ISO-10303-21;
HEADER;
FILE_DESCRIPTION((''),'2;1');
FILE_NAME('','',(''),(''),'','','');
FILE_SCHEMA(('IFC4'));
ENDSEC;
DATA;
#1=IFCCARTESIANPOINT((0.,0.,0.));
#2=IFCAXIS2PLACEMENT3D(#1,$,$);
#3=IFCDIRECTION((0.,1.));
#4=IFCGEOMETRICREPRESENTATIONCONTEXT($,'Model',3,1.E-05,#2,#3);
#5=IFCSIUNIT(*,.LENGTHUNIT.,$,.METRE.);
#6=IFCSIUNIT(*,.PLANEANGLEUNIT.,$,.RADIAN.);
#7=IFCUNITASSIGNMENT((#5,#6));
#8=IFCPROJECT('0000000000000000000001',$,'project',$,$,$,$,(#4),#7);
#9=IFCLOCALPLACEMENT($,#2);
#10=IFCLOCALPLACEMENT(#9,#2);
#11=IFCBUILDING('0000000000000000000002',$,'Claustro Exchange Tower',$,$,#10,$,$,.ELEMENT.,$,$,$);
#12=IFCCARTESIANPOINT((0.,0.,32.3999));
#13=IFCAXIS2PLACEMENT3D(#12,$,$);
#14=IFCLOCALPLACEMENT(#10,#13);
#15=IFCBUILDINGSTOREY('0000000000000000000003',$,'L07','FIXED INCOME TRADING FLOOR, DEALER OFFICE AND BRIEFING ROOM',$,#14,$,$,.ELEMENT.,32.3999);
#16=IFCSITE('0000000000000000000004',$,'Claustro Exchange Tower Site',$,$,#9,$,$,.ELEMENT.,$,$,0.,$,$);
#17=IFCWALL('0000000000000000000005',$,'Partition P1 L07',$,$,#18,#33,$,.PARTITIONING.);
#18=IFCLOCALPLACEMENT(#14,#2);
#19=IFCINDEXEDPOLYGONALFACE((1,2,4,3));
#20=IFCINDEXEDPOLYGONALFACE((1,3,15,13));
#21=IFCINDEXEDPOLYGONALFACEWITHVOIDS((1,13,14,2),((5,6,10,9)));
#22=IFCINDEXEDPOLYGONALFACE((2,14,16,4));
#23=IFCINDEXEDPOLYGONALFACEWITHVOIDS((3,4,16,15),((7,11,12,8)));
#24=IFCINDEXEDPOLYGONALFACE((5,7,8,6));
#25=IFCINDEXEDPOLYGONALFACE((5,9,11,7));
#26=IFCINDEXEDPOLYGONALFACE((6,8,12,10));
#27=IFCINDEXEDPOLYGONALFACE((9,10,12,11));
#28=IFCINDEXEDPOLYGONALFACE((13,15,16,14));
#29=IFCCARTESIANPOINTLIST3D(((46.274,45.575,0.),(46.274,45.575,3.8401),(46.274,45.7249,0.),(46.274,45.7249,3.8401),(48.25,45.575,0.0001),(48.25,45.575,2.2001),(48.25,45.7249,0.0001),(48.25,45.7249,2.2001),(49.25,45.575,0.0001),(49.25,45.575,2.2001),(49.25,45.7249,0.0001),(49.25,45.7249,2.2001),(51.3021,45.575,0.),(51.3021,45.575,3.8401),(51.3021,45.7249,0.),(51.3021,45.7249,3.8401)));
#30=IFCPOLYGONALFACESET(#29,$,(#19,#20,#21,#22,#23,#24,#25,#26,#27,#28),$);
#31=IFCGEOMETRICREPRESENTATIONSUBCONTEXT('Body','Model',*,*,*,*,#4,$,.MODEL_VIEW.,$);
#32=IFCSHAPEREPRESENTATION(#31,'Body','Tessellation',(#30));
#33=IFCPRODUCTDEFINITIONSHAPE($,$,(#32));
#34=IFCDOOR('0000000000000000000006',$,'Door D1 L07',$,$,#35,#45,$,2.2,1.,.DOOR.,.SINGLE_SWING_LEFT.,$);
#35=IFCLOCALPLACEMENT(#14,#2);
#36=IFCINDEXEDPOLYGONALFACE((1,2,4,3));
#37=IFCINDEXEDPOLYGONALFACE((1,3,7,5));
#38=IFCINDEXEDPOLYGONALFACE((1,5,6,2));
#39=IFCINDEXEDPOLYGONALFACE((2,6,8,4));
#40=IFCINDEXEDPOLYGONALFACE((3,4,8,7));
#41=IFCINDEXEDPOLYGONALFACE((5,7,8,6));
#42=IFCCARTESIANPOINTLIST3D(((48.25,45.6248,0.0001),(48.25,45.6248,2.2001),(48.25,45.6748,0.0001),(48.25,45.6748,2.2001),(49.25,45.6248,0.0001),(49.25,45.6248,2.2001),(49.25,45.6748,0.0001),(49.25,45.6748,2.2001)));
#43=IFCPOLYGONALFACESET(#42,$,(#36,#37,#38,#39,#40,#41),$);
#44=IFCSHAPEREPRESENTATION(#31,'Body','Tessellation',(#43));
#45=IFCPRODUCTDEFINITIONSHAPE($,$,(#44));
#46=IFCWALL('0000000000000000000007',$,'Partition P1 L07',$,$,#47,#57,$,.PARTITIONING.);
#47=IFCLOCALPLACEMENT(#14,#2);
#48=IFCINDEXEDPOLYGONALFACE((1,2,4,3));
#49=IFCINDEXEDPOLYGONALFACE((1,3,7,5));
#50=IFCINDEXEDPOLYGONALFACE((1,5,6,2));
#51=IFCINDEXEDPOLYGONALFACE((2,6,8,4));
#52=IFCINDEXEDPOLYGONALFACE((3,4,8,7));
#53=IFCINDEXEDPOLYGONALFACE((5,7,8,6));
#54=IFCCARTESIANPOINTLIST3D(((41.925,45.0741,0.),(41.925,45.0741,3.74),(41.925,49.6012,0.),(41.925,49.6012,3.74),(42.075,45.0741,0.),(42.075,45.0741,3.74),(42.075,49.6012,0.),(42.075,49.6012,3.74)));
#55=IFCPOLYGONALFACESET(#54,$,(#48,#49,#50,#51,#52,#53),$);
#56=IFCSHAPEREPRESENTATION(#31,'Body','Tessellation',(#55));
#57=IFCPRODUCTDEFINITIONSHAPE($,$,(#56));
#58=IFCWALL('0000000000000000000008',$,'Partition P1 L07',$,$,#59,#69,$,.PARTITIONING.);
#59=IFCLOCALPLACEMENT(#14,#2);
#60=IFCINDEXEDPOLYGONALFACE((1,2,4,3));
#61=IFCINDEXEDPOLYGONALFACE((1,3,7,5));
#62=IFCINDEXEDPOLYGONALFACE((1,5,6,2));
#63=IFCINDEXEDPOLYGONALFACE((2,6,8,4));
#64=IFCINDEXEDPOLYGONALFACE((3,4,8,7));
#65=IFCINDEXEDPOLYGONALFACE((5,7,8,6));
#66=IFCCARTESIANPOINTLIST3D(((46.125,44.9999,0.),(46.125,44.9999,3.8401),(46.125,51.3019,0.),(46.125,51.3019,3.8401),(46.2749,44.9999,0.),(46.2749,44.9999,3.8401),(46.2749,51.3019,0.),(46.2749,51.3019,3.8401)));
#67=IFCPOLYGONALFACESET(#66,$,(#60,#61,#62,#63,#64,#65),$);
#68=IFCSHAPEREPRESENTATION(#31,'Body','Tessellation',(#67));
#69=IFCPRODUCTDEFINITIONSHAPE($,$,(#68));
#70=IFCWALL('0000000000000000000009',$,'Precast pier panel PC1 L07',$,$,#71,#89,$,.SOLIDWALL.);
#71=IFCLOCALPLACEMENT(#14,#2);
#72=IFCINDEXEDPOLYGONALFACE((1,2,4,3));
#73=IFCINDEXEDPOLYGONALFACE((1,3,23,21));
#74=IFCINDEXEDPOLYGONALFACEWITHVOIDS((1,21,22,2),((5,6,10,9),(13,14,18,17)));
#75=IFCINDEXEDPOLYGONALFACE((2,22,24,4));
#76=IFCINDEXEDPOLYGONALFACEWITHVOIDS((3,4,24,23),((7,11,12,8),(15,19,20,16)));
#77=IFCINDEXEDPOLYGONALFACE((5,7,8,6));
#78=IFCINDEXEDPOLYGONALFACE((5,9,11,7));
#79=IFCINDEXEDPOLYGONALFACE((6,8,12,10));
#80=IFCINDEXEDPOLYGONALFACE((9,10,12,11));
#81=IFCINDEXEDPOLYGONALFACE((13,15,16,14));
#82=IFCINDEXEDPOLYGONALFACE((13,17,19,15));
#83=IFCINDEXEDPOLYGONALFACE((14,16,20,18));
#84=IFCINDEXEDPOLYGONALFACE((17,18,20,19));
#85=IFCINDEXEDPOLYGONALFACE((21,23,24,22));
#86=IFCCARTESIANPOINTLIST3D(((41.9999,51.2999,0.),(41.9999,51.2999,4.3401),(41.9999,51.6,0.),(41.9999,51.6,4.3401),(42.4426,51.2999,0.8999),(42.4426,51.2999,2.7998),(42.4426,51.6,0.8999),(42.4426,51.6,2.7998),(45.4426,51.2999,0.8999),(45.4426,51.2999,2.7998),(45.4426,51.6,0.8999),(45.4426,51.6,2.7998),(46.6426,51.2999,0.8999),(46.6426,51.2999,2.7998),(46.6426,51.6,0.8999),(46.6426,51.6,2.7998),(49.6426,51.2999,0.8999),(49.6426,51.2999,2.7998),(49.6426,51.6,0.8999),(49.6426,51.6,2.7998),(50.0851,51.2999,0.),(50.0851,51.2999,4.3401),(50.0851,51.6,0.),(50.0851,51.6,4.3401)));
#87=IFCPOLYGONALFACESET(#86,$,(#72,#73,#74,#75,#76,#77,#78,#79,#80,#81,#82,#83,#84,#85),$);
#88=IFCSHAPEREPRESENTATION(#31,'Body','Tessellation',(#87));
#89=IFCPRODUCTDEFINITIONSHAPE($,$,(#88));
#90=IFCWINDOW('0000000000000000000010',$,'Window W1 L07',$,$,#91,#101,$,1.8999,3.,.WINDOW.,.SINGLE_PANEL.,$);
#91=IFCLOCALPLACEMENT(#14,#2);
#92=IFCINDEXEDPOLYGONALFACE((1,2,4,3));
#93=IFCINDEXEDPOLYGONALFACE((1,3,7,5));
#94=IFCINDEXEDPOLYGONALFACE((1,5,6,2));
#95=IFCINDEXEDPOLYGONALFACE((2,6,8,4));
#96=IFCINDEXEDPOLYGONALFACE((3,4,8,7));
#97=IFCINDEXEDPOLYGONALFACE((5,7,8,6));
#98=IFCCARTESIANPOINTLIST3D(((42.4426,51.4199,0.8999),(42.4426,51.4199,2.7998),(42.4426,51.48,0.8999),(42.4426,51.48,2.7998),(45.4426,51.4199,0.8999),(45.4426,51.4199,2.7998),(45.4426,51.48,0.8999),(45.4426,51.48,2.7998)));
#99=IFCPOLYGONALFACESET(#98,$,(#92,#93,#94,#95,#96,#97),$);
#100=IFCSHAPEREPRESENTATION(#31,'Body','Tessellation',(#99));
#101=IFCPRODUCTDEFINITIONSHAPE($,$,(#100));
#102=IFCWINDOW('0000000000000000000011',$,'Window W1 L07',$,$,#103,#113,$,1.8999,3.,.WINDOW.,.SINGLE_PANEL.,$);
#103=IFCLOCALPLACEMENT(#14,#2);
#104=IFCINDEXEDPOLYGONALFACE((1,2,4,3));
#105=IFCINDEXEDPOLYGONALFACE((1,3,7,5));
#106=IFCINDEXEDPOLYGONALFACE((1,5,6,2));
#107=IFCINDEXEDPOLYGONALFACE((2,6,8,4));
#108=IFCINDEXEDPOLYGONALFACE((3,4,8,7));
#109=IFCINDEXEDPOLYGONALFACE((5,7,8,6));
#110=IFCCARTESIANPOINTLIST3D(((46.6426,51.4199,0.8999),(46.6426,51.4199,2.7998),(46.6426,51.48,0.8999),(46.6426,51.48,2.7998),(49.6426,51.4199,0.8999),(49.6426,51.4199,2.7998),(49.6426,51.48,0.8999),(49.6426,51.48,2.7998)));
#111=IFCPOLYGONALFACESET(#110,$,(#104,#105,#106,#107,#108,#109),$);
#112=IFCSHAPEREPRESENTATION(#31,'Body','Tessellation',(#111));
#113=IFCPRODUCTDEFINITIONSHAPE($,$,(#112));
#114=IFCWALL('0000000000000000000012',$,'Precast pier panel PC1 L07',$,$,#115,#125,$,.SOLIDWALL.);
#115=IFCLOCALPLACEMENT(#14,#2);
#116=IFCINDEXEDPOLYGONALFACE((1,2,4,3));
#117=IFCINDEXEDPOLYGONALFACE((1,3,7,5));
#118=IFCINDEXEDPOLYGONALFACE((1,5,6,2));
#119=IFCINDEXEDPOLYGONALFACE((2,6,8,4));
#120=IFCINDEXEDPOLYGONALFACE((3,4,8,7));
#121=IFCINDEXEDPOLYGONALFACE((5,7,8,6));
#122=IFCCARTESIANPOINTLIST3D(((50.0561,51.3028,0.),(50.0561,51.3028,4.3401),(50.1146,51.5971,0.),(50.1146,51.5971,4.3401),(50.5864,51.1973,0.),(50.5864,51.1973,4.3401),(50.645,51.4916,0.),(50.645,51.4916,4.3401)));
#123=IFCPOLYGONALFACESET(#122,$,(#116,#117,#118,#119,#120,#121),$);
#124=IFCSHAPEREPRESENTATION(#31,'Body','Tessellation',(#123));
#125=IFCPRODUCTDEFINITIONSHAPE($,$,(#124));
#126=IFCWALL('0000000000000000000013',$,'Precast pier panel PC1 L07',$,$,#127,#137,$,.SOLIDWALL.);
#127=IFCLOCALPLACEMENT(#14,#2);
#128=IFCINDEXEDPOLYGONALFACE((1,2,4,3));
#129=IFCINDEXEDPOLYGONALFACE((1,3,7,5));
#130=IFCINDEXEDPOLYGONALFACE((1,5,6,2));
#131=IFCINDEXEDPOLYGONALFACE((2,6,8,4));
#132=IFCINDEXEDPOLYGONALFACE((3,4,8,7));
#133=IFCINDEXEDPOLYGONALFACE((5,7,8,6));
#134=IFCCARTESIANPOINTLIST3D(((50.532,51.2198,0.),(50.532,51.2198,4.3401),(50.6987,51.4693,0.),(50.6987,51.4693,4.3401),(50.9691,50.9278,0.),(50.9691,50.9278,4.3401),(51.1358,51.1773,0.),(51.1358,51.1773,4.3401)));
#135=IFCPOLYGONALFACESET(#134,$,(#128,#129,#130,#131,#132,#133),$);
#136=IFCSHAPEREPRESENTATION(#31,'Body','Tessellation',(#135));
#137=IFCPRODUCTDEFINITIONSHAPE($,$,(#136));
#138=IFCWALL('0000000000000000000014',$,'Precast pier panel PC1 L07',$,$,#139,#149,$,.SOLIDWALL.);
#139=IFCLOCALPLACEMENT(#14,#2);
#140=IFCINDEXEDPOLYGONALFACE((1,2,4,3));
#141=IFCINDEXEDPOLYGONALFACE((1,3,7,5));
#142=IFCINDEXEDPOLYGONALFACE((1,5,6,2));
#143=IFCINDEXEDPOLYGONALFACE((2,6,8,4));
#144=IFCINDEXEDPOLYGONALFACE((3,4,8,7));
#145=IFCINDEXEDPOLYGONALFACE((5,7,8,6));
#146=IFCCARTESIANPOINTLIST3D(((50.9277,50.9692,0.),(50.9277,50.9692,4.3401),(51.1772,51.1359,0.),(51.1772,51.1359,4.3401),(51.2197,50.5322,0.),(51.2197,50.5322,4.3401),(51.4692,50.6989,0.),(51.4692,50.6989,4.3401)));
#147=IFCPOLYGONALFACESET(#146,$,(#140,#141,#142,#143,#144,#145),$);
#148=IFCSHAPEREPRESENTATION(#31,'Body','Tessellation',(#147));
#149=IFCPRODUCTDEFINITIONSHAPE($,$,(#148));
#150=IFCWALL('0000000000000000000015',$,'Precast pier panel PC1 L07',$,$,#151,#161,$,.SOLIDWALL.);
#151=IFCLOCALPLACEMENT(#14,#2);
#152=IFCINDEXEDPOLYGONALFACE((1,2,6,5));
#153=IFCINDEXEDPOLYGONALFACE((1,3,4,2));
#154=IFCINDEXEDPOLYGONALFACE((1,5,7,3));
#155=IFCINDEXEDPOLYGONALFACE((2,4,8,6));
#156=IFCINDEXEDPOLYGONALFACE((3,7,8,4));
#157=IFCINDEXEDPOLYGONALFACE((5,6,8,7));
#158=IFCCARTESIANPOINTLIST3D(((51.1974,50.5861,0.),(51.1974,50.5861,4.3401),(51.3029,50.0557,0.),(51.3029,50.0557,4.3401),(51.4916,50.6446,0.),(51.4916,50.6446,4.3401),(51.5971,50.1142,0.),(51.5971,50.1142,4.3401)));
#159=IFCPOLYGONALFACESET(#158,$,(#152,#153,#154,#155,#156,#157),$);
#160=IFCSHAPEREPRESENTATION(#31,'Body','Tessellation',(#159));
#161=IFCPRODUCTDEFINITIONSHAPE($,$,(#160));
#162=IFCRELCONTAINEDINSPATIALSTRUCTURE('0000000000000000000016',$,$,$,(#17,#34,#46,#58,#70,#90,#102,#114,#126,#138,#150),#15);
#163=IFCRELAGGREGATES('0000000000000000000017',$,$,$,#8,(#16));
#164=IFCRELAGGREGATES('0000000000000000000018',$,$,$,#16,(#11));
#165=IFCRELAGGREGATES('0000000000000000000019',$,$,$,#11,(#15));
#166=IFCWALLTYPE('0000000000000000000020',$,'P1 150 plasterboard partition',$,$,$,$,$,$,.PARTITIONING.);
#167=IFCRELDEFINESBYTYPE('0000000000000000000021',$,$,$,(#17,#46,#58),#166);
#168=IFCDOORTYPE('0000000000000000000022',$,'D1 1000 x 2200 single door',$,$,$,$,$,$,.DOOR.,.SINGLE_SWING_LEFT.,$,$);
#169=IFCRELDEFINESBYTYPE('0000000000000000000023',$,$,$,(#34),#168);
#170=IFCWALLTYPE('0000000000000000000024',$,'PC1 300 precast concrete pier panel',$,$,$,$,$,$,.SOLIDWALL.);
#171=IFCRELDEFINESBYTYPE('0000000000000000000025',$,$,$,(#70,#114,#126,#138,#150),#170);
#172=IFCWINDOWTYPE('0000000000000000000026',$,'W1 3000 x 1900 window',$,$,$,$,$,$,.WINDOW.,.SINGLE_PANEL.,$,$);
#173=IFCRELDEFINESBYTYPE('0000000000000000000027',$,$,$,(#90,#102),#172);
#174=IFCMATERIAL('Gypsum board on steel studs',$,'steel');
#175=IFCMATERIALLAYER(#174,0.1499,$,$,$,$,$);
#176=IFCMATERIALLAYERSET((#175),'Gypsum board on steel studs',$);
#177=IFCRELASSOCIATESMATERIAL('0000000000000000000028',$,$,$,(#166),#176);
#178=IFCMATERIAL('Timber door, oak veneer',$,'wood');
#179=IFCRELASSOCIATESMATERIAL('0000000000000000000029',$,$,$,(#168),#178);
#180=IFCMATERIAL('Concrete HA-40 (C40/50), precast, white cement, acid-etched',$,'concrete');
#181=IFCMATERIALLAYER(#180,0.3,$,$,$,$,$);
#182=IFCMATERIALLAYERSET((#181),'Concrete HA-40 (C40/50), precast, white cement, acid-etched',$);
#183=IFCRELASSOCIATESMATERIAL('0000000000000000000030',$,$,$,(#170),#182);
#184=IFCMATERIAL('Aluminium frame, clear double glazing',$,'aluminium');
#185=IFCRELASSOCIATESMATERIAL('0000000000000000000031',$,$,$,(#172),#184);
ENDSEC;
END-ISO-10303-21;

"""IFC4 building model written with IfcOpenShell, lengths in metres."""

from ifc_helpers import new_model, si_unit, direction, frame, frame_2d, origin, place, context, subcontext, project, spatial, rectangle, extrude, material, layer, layer_set, type_object, element, fill, save


model = new_model("IFC4")

# Units and contexts
model_context = context("Model", 3, precision=1e-05, world=origin(), true_north=direction((0.0, 1.0)))
body_context = subcontext(model_context, "Body", "Model", "MODEL_VIEW")
ifc_project = project(units=[si_unit("LENGTHUNIT", "METRE"), si_unit("PLANEANGLEUNIT", "RADIAN")], contexts=[model_context])

# Site, building, storey
site_placement = place(None, origin())
site = spatial("IfcSite", under=ifc_project, at=site_placement, Name="Claustro Exchange Tower Site", CompositionType="ELEMENT", RefElevation=0.0)
building_placement = place(site_placement, origin())
building = spatial("IfcBuilding", under=site, at=building_placement, Name="Claustro Exchange Tower", CompositionType="ELEMENT")
storey_placement = place(building_placement, frame((0.0, 0.0, 32.3999)))
storey = spatial("IfcBuildingStorey", under=building, at=storey_placement, Name="L07", Description="FIXED INCOME TRADING FLOOR, DEALER OFFICE AND BRIEFING ROOM", CompositionType="ELEMENT", Elevation=32.3999)

# Wall, opening, door
ifc_material_1 = material(Name="Gypsum board on steel studs", Category="steel")
ifc_layer_1 = layer(ifc_material_1, 0.1499)
ifc_layer_set_1 = layer_set([ifc_layer_1], Name="Gypsum board on steel studs")
wall_type_1 = type_object("IfcWallType", Name="P1 150 plasterboard partition", PredefinedType="PARTITIONING", material=ifc_layer_set_1)
wall_1_placement = place(storey_placement, frame((46.2739, 45.6499, 0.0), z_axis=(0.0, 0.0, 1.0), x_axis=(1.0, 0.0, 0.0)))
wall_1 = element("IfcWall", 1, at=wall_1_placement, inside=storey, type_object=wall_type_1, Name="Partition P1 L07", PredefinedType="PARTITIONING", context=body_context, shape_type="SweptSolid", body=[
    extrude(rectangle(XDim=5.0281, YDim=0.1499, at=frame_2d((2.5142, 0.0))), origin(), (0.0, 0.0, 1.0), 3.8401),
])
opening_1_placement = place(wall_1_placement, frame((1.9761, 0.0, 0.0)))
opening_1 = element("IfcOpeningElement", 2, at=opening_1_placement, cuts=wall_1, PredefinedType="OPENING", context=body_context, shape_type="SweptSolid", body=[
    extrude(rectangle(XDim=1.0, YDim=2.2, at=frame_2d((0.5, 1.1001))), frame((0.0, 0.085, 0.0), z_axis=(0.0, -1.0, 0.0), x_axis=(1.0, 0.0, 0.0)), (0.0, 0.0, 1.0), 0.1699),
])
ifc_material_2 = material(Name="Timber door, oak veneer", Category="wood")
door_type = type_object("IfcDoorType", Name="D1 1000 x 2200 single door", OperationType="SINGLE_SWING_LEFT", PredefinedType="DOOR", material=ifc_material_2)
door_placement = place(opening_1_placement, origin())
door = element("IfcDoor", 3, at=door_placement, inside=storey, type_object=door_type, Name="Door D1 L07", OperationType="SINGLE_SWING_LEFT", OverallHeight=2.2, OverallWidth=1.0, PredefinedType="DOOR", context=body_context, shape_type="SweptSolid", body=[
    extrude(rectangle(XDim=1.0, YDim=2.2, at=frame_2d((0.5, 1.1001))), frame((0.0, 0.0249, 0.0), z_axis=(0.0, -1.0, 0.0), x_axis=(1.0, 0.0, 0.0)), (0.0, 0.0, 1.0), 0.05),
])
fill(opening_1, door)

# Walls
wall_2_placement = place(storey_placement, frame((42.0, 45.074, 0.0), z_axis=(0.0, 0.0, 1.0), x_axis=(0.0, 1.0, 0.0)))
element("IfcWall", 4, at=wall_2_placement, inside=storey, type_object=wall_type_1, Name="Partition P1 L07", PredefinedType="PARTITIONING", context=body_context, shape_type="SweptSolid", body=[
    extrude(rectangle(XDim=4.5271, YDim=0.1499, at=frame_2d((2.2637, 0.0))), origin(), (0.0, 0.0, 1.0), 3.74),
])
wall_3_placement = place(storey_placement, frame((46.2, 45.0, 0.0), z_axis=(0.0, 0.0, 1.0), x_axis=(0.0, 1.0, 0.0)))
element("IfcWall", 5, at=wall_3_placement, inside=storey, type_object=wall_type_1, Name="Partition P1 L07", PredefinedType="PARTITIONING", context=body_context, shape_type="SweptSolid", body=[
    extrude(rectangle(XDim=6.302, YDim=0.1499, at=frame_2d((3.1509, 0.0))), origin(), (0.0, 0.0, 1.0), 3.8401),
])

# Wall, openings, windows
ifc_material_3 = material(Name="Concrete HA-40 (C40/50), precast, white cement, acid-etched", Category="concrete")
ifc_layer_2 = layer(ifc_material_3, 0.3)
ifc_layer_set_2 = layer_set([ifc_layer_2], Name="Concrete HA-40 (C40/50), precast, white cement, acid-etched")
wall_type_2 = type_object("IfcWallType", Name="PC1 300 precast concrete pier panel", PredefinedType="SOLIDWALL", material=ifc_layer_set_2)
wall_4_placement = place(storey_placement, frame((42.0, 51.45, 0.0), z_axis=(0.0, 0.0, 1.0), x_axis=(1.0, 0.0, 0.0)))
wall_4 = element("IfcWall", 6, at=wall_4_placement, inside=storey, type_object=wall_type_2, Name="Precast pier panel PC1 L07", PredefinedType="SOLIDWALL", context=body_context, shape_type="SweptSolid", body=[
    extrude(rectangle(XDim=8.0852, YDim=0.3, at=frame_2d((4.0425, 0.0))), origin(), (0.0, 0.0, 1.0), 4.3401),
])
opening_2_placement = place(wall_4_placement, frame((0.4426, 0.0, 0.8999)))
opening_2 = element("IfcOpeningElement", 7, at=opening_2_placement, cuts=wall_4, PredefinedType="OPENING", context=body_context, shape_type="SweptSolid", body=[
    extrude(rectangle(XDim=3.0, YDim=1.8999, at=frame_2d((1.5, 0.95))), frame((0.0, 0.1599, 0.0), z_axis=(0.0, -1.0, 0.0), x_axis=(1.0, 0.0, 0.0)), (0.0, 0.0, 1.0), 0.3201),
])
opening_3_placement = place(wall_4_placement, frame((4.6426, 0.0, 0.8999)))
opening_3 = element("IfcOpeningElement", 8, at=opening_3_placement, cuts=wall_4, PredefinedType="OPENING", context=body_context, shape_type="SweptSolid", body=[
    extrude(rectangle(XDim=3.0, YDim=1.8999, at=frame_2d((1.5, 0.95))), frame((0.0, 0.1599, 0.0), z_axis=(0.0, -1.0, 0.0), x_axis=(1.0, 0.0, 0.0)), (0.0, 0.0, 1.0), 0.3201),
])
ifc_material_4 = material(Name="Aluminium frame, clear double glazing", Category="aluminium")
window_type_1 = type_object("IfcWindowType", Name="W1 3000 x 1900 window", PartitioningType="SINGLE_PANEL", PredefinedType="WINDOW", material=ifc_material_4)
window_1_placement = place(opening_2_placement, origin())
window_1 = element("IfcWindow", 9, at=window_1_placement, inside=storey, type_object=window_type_1, Name="Window W1 L07", OverallHeight=1.8999, OverallWidth=3.0, PartitioningType="SINGLE_PANEL", PredefinedType="WINDOW", context=body_context, shape_type="SweptSolid", body=[
    extrude(rectangle(XDim=3.0, YDim=1.8999, at=frame_2d((1.5, 0.95))), frame((0.0, 0.03, 0.0), z_axis=(0.0, -1.0, 0.0), x_axis=(1.0, 0.0, 0.0)), (0.0, 0.0, 1.0), 0.0601),
])
fill(opening_2, window_1)
window_2_placement = place(opening_3_placement, origin())
window_2 = element("IfcWindow", 10, at=window_2_placement, inside=storey, type_object=window_type_1, Name="Window W1 L07", OverallHeight=1.8999, OverallWidth=3.0, PartitioningType="SINGLE_PANEL", PredefinedType="WINDOW", context=body_context, shape_type="SweptSolid", body=[
    extrude(rectangle(XDim=3.0, YDim=1.8999, at=frame_2d((1.5, 0.95))), frame((0.0, 0.03, 0.0), z_axis=(0.0, -1.0, 0.0), x_axis=(1.0, 0.0, 0.0)), (0.0, 0.0, 1.0), 0.0601),
])
fill(opening_3, window_2)

# Walls
wall_5_placement = place(storey_placement, frame((50.0852, 51.45, 0.0), z_axis=(0.0, 0.0, 1.0), x_axis=(0.980789, -0.195074, 0.0)))
element("IfcWall", 11, at=wall_5_placement, inside=storey, type_object=wall_type_2, Name="Precast pier panel PC1 L07", PredefinedType="SOLIDWALL", context=body_context, shape_type="SweptSolid", body=[
    extrude(rectangle(XDim=0.5408, YDim=0.3, at=frame_2d((0.2705, 0.0))), origin(), (0.0, 0.0, 1.0), 4.3401),
])
for number, where, z_axis, x_axis, name in (
    (12, (50.6155, 51.3445, 0.0), (0.0, 0.0, 1.0), (0.831478, -0.555557, 0.0), "Precast pier panel PC1 L07"),
    (13, (51.0525, 51.0525, 0.0), (0.0, 0.0, 1.0), (0.555557, -0.831478, 0.0), "Precast pier panel PC1 L07"),
):
    element("IfcWall", number, at=place(storey_placement, frame(where, z_axis=z_axis, x_axis=x_axis)), inside=storey, type_object=wall_type_2, Name=name, PredefinedType="SOLIDWALL", context=body_context, shape_type="SweptSolid", body=[
        extrude(rectangle(XDim=0.5256, YDim=0.3, at=frame_2d((0.2627, 0.0))), origin(), (0.0, 0.0, 1.0), 4.3401),
    ])
wall_6_placement = place(storey_placement, frame((51.3445, 50.6155, 0.0), z_axis=(0.0, 0.0, 1.0), x_axis=(0.195074, -0.980789, 0.0)))
element("IfcWall", 14, at=wall_6_placement, inside=storey, type_object=wall_type_2, Name="Precast pier panel PC1 L07", PredefinedType="SOLIDWALL", context=body_context, shape_type="SweptSolid", body=[
    extrude(rectangle(XDim=0.5408, YDim=0.3, at=frame_2d((0.2705, 0.0))), origin(), (0.0, 0.0, 1.0), 4.3401),
])

save(model, "model.ifc")
